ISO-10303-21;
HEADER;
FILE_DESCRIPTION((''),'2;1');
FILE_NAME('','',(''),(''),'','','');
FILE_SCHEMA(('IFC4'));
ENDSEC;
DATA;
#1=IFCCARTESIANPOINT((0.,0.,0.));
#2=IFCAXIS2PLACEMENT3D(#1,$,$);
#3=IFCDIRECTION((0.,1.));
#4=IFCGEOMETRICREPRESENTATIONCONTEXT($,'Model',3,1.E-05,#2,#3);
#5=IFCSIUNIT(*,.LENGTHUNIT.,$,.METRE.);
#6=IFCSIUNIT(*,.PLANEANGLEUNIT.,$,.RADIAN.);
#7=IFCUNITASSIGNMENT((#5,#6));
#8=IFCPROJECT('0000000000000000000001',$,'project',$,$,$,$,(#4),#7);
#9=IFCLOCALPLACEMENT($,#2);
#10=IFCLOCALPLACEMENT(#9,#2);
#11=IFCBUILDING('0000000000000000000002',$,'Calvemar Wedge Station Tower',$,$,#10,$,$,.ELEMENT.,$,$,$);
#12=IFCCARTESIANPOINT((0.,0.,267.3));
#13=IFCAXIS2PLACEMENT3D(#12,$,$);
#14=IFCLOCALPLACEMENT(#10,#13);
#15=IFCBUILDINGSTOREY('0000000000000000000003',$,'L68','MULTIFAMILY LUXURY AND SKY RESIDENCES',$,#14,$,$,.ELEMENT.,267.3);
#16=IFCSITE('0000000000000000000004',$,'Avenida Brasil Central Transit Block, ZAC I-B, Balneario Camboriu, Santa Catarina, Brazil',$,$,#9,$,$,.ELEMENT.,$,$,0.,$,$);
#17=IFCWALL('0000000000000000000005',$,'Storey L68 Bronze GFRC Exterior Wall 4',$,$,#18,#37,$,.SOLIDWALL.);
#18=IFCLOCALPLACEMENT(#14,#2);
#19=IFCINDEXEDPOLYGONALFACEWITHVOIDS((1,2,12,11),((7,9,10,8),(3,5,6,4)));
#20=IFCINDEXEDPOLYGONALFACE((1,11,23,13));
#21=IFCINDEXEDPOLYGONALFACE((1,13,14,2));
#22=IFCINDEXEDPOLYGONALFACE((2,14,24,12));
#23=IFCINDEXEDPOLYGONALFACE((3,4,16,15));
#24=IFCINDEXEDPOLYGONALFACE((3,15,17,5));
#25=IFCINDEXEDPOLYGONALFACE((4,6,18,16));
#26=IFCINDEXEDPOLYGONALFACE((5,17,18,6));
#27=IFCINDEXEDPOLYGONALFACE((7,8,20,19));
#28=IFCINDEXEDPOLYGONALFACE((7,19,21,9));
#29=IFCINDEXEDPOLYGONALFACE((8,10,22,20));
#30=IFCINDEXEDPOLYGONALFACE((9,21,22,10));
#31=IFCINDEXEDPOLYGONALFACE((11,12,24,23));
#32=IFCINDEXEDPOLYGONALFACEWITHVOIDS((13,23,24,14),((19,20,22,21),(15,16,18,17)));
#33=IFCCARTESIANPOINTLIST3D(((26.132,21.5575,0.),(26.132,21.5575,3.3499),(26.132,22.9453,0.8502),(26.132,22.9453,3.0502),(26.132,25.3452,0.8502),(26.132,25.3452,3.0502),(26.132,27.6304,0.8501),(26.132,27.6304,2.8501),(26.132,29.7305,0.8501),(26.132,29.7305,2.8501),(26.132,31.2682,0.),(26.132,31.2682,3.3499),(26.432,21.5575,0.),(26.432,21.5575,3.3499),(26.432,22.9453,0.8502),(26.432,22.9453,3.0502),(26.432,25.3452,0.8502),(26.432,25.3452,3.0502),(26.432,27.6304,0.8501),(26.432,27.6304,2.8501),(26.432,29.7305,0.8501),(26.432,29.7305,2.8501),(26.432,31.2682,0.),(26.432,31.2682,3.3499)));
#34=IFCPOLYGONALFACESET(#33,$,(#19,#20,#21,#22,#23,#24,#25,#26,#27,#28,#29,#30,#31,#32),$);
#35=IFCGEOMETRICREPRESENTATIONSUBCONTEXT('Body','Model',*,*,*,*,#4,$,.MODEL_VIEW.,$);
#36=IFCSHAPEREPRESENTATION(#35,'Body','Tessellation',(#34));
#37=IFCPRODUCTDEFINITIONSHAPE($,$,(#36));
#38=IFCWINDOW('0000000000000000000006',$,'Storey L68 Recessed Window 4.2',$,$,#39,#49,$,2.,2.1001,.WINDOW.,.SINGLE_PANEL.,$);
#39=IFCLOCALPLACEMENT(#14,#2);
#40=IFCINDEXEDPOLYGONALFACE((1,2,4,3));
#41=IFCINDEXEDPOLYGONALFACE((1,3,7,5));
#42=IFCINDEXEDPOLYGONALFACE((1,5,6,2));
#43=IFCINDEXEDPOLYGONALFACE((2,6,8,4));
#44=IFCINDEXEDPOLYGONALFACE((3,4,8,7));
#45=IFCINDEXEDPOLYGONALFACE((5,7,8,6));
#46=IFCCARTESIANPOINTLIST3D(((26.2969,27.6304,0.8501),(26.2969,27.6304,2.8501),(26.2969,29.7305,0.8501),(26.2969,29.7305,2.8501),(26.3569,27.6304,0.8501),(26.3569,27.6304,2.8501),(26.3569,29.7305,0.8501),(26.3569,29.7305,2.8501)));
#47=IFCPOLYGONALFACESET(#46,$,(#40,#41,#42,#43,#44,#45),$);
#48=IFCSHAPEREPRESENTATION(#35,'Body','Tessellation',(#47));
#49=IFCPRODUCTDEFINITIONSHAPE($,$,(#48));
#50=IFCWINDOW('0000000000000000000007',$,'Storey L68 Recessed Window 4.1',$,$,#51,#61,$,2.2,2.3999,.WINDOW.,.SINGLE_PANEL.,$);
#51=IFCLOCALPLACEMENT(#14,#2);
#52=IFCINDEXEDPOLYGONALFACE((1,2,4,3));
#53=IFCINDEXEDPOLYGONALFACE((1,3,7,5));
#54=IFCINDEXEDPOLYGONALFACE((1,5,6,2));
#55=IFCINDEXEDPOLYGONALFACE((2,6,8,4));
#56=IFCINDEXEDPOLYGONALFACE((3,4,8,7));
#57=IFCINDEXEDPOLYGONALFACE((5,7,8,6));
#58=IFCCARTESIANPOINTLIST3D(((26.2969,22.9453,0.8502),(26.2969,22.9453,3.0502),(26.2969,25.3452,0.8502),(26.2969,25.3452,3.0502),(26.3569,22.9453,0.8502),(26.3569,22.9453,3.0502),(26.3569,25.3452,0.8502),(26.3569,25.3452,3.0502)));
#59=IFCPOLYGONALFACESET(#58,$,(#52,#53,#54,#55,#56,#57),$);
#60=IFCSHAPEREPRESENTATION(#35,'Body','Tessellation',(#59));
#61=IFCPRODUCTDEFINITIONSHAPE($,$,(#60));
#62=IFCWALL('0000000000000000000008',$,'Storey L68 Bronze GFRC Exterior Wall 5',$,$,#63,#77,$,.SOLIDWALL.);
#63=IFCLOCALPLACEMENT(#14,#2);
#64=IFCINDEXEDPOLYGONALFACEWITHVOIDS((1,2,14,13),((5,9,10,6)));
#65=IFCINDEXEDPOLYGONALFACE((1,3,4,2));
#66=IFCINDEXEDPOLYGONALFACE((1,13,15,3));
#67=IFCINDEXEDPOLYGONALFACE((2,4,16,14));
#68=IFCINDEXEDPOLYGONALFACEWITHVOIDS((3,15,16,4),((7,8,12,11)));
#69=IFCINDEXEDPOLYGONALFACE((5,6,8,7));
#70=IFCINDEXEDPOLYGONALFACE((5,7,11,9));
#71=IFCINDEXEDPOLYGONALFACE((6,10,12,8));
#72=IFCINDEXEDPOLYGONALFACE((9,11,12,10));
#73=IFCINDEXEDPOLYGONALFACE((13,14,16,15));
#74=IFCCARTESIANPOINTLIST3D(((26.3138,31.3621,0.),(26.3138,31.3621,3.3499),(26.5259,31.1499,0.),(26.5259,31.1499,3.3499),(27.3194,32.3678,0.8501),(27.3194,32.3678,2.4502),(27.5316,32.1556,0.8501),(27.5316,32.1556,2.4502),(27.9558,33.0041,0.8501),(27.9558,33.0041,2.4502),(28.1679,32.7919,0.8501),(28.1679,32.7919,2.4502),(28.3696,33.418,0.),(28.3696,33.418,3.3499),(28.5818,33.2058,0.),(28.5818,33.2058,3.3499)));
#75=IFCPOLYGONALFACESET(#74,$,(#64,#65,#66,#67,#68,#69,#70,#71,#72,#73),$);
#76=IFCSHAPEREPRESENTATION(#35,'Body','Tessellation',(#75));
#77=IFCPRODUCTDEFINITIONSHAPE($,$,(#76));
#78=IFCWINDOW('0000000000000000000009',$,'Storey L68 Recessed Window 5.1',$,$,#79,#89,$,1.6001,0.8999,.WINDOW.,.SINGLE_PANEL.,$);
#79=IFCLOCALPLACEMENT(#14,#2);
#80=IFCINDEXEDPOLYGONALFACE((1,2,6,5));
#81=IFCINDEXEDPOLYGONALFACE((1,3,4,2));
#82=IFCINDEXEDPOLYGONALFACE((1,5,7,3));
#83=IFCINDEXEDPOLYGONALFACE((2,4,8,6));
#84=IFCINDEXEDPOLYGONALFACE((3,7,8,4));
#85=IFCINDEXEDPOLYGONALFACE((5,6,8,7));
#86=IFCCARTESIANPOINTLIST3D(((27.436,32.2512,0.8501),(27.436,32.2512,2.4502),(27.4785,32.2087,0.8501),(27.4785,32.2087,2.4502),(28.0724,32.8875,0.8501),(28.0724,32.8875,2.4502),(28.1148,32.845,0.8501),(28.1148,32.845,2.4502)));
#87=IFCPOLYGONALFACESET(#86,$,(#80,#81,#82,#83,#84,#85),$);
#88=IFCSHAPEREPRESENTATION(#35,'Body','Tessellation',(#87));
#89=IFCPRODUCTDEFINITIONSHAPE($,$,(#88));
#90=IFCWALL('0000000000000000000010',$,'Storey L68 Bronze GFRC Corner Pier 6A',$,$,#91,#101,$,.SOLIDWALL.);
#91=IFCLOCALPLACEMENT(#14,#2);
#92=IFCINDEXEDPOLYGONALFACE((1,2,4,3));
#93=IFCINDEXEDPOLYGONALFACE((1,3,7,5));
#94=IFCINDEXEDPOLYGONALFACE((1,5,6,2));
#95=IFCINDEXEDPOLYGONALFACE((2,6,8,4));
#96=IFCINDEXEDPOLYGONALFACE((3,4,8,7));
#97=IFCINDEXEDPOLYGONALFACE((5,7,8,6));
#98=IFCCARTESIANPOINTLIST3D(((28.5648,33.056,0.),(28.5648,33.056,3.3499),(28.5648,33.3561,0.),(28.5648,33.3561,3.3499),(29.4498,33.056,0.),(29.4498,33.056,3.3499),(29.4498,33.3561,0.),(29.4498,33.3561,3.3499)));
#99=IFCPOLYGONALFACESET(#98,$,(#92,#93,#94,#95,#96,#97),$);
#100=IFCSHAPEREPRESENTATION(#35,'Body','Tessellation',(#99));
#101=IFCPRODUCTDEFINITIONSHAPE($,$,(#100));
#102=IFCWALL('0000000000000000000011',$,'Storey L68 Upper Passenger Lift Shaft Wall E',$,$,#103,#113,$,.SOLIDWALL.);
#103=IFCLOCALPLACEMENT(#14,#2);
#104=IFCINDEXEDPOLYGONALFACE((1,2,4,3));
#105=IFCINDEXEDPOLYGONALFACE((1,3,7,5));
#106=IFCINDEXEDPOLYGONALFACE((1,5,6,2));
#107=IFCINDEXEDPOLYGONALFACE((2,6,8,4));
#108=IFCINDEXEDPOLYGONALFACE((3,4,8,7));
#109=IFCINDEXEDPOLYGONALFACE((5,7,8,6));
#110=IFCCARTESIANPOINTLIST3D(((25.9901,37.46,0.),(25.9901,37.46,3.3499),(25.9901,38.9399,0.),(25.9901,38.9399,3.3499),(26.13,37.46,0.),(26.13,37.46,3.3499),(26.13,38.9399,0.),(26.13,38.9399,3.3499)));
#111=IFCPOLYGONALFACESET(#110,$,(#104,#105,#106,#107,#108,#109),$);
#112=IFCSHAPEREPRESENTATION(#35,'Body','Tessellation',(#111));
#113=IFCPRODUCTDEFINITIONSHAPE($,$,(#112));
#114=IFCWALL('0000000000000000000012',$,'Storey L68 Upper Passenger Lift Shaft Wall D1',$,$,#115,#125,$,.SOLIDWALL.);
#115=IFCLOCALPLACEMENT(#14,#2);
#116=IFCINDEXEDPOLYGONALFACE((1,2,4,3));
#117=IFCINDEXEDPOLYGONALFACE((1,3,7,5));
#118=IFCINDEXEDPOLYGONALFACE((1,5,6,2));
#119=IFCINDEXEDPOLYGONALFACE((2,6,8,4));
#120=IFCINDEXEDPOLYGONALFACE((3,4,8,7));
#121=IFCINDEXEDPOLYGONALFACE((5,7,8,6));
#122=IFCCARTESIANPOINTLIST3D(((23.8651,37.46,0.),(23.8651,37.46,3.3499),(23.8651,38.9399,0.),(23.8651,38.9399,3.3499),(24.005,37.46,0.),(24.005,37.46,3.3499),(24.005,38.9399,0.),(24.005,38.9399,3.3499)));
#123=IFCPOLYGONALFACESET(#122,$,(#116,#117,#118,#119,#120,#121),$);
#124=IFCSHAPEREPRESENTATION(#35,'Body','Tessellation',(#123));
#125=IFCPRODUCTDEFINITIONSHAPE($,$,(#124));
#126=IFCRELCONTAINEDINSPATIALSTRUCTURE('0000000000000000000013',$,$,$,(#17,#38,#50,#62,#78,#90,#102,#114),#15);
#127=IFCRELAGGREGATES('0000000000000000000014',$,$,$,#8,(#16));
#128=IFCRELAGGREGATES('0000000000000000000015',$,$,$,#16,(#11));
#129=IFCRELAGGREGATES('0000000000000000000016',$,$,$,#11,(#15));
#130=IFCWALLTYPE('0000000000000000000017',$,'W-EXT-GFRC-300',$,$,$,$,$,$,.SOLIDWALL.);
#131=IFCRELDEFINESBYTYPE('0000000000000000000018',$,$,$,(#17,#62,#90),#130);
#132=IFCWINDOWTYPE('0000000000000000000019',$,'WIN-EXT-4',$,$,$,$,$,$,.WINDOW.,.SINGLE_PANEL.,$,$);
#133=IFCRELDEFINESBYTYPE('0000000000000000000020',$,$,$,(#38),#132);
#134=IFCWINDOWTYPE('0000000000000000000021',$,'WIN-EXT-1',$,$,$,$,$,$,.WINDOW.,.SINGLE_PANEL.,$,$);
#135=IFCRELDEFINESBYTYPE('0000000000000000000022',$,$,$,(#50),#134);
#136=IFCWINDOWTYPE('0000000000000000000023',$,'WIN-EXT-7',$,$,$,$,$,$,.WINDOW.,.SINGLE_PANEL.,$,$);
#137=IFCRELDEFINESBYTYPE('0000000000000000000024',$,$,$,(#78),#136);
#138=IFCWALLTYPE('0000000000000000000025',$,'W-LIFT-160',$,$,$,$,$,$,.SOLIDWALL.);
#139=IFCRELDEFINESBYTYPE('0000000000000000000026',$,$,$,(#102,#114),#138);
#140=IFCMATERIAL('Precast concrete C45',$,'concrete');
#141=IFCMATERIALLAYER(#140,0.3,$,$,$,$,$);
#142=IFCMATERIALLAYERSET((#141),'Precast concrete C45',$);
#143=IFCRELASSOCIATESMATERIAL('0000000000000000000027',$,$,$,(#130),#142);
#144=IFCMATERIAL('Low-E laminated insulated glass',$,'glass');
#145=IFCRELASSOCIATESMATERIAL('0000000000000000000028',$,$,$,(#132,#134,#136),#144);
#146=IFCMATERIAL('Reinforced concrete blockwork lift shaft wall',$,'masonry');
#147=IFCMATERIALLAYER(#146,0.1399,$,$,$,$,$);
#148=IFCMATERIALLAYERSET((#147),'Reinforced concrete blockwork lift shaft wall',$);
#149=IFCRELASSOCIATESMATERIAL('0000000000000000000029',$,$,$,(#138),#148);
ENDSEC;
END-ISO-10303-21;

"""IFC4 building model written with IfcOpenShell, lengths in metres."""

from ifc_helpers import new_model, si_unit, direction, frame, frame_2d, origin, place, context, subcontext, project, spatial, rectangle, extrude, source, transform, mapped, material, layer, layer_set, type_object, element, fill, save


model = new_model("IFC4")

# Units and contexts
model_context = context("Model", 3, precision=1e-05, world=origin(), true_north=direction((0.0, 1.0)))
body_context = subcontext(model_context, "Body", "Model", "MODEL_VIEW")
ifc_project = project(units=[si_unit("LENGTHUNIT", "METRE"), si_unit("PLANEANGLEUNIT", "RADIAN")], contexts=[model_context])

# Site, building, storey
site_placement = place(None, origin())
site = spatial("IfcSite", under=ifc_project, at=site_placement, Name="Avenida Brasil Central Transit Block, ZAC I-B, Balneario Camboriu, Santa Catarina, Brazil", CompositionType="ELEMENT", RefElevation=0.0)
building_placement = place(site_placement, origin())
building = spatial("IfcBuilding", under=site, at=building_placement, Name="Calvemar Wedge Station Tower", CompositionType="ELEMENT")
storey_placement = place(building_placement, frame((0.0, 0.0, 267.3)))
storey = spatial("IfcBuildingStorey", under=building, at=storey_placement, Name="L68", Description="MULTIFAMILY LUXURY AND SKY RESIDENCES", CompositionType="ELEMENT", Elevation=267.3)

# Shared definitions
ifc_material_1 = material(Name="Low-E laminated insulated glass", Category="glass")

# Shared definitions
ifc_material_2 = material(Name="Precast concrete C45", Category="concrete")

# Wall, openings, windows
ifc_layer_1 = layer(ifc_material_2, 0.3)
ifc_layer_set_1 = layer_set([ifc_layer_1], Name="Precast concrete C45")
wall_type_1 = type_object("IfcWallType", Name="W-EXT-GFRC-300", PredefinedType="SOLIDWALL", material=ifc_layer_set_1)
wall_1_placement = place(storey_placement, frame((26.282, 21.5574, 0.0), z_axis=(0.0, 0.0, 1.0), x_axis=(0.0, 1.0, 0.0)))
wall_1 = element("IfcWall", 1, at=wall_1_placement, inside=storey, type_object=wall_type_1, Name="Storey L68 Bronze GFRC Exterior Wall 4", PredefinedType="SOLIDWALL", context=body_context, shape_type="SweptSolid", body=[
    extrude(rectangle(XDim=9.7107, YDim=0.3, at=frame_2d((4.8555, 0.0))), origin(), (0.0, 0.0, 1.0), 3.3499),
])
shared_shape_1 = source(origin(), body_context, "Body", "SweptSolid", [
    extrude(rectangle(XDim=2.3999, YDim=2.2, at=frame_2d((1.2, 1.1001))), frame((0.0, 0.1602, 0.0), z_axis=(0.0, -1.0, 0.0), x_axis=(1.0, 0.0, 0.0)), (0.0, 0.0, 1.0), 0.3201),
])
opening_1_placement = place(wall_1_placement, frame((1.3879, 0.0, 0.8501)))
opening_1 = element("IfcOpeningElement", 2, at=opening_1_placement, cuts=wall_1, PredefinedType="OPENING", context=body_context, shape_type="MappedRepresentation", body=[
    mapped(shared_shape_1, transform((0.0, 0.0, 0.0), scale=1.0)),
])
shared_shape_2 = source(origin(), body_context, "Body", "SweptSolid", [
    extrude(rectangle(XDim=2.1001, YDim=2.0, at=frame_2d((1.05, 1.0))), frame((0.0, 0.1602, 0.0), z_axis=(0.0, -1.0, 0.0), x_axis=(1.0, 0.0, 0.0)), (0.0, 0.0, 1.0), 0.3201),
])
opening_2_placement = place(wall_1_placement, frame((6.073, 0.0, 0.8501)))
opening_2 = element("IfcOpeningElement", 3, at=opening_2_placement, cuts=wall_1, PredefinedType="OPENING", context=body_context, shape_type="MappedRepresentation", body=[
    mapped(shared_shape_2, transform((0.0, 0.0, 0.0), scale=1.0)),
])
window_type_1 = type_object("IfcWindowType", Name="WIN-EXT-4", PartitioningType="SINGLE_PANEL", PredefinedType="WINDOW", material=ifc_material_1)
shared_shape_3 = source(origin(), body_context, "Body", "SweptSolid", [
    extrude(rectangle(XDim=2.1001, YDim=2.0, at=frame_2d((1.05, 1.0))), frame((0.0, -0.0149, 0.0), z_axis=(0.0, -1.0, 0.0), x_axis=(1.0, 0.0, 0.0)), (0.0, 0.0, 1.0), 0.0601),
])
window_1_placement = place(opening_2_placement, origin())
window_1 = element("IfcWindow", 4, at=window_1_placement, inside=storey, type_object=window_type_1, Name="Storey L68 Recessed Window 4.2", OverallHeight=2.0, OverallWidth=2.1001, PartitioningType="SINGLE_PANEL", PredefinedType="WINDOW", context=body_context, shape_type="MappedRepresentation", body=[
    mapped(shared_shape_3, transform((0.0, 0.0, 0.0), scale=1.0)),
])
fill(opening_2, window_1)
window_type_2 = type_object("IfcWindowType", Name="WIN-EXT-1", PartitioningType="SINGLE_PANEL", PredefinedType="WINDOW", material=ifc_material_1)
shared_shape_4 = source(origin(), body_context, "Body", "SweptSolid", [
    extrude(rectangle(XDim=2.3999, YDim=2.2, at=frame_2d((1.2, 1.1001))), frame((0.0, -0.0149, 0.0), z_axis=(0.0, -1.0, 0.0), x_axis=(1.0, 0.0, 0.0)), (0.0, 0.0, 1.0), 0.0601),
])
window_2_placement = place(opening_1_placement, origin())
window_2 = element("IfcWindow", 5, at=window_2_placement, inside=storey, type_object=window_type_2, Name="Storey L68 Recessed Window 4.1", OverallHeight=2.2, OverallWidth=2.3999, PartitioningType="SINGLE_PANEL", PredefinedType="WINDOW", context=body_context, shape_type="MappedRepresentation", body=[
    mapped(shared_shape_4, transform((0.0, 0.0, 0.0), scale=1.0)),
])
fill(opening_1, window_2)

# Wall, opening, window
wall_2_placement = place(storey_placement, frame((26.4199, 31.2561, 0.0), z_axis=(0.0, 0.0, 1.0), x_axis=(0.707107, 0.707107, 0.0)))
wall_2 = element("IfcWall", 6, at=wall_2_placement, inside=storey, type_object=wall_type_1, Name="Storey L68 Bronze GFRC Exterior Wall 5", PredefinedType="SOLIDWALL", context=body_context, shape_type="SweptSolid", body=[
    extrude(rectangle(XDim=2.9075, YDim=0.3, at=frame_2d((1.4536, 0.0))), origin(), (0.0, 0.0, 1.0), 3.3499),
])
shared_shape_5 = source(origin(), body_context, "Body", "SweptSolid", [
    extrude(rectangle(XDim=0.8999, YDim=1.6001, at=frame_2d((0.45, 0.8))), frame((0.0, 0.1602, 0.0), z_axis=(0.0, -1.0, 0.0), x_axis=(1.0, 0.0, 0.0)), (0.0, 0.0, 1.0), 0.3201),
])
opening_3_placement = place(wall_2_placement, frame((1.4221, 0.0, 0.8501)))
opening_3 = element("IfcOpeningElement", 7, at=opening_3_placement, cuts=wall_2, PredefinedType="OPENING", context=body_context, shape_type="MappedRepresentation", body=[
    mapped(shared_shape_5, transform((0.0, 0.0, 0.0), scale=1.0)),
])
window_type_3 = type_object("IfcWindowType", Name="WIN-EXT-7", PartitioningType="SINGLE_PANEL", PredefinedType="WINDOW", material=ifc_material_1)
shared_shape_6 = source(origin(), body_context, "Body", "SweptSolid", [
    extrude(rectangle(XDim=0.8999, YDim=1.6001, at=frame_2d((0.45, 0.8))), frame((0.0, -0.0149, 0.0), z_axis=(0.0, -1.0, 0.0), x_axis=(1.0, 0.0, 0.0)), (0.0, 0.0, 1.0), 0.0601),
])
window_3_placement = place(opening_3_placement, origin())
window_3 = element("IfcWindow", 8, at=window_3_placement, inside=storey, type_object=window_type_3, Name="Storey L68 Recessed Window 5.1", OverallHeight=1.6001, OverallWidth=0.8999, PartitioningType="SINGLE_PANEL", PredefinedType="WINDOW", context=body_context, shape_type="MappedRepresentation", body=[
    mapped(shared_shape_6, transform((0.0, 0.0, 0.0), scale=1.0)),
])
fill(opening_3, window_3)

# Walls
wall_3_placement = place(storey_placement, frame((28.5649, 33.2061, 0.0), z_axis=(0.0, 0.0, 1.0), x_axis=(1.0, 0.0, 0.0)))
element("IfcWall", 9, at=wall_3_placement, inside=storey, type_object=wall_type_1, Name="Storey L68 Bronze GFRC Corner Pier 6A", PredefinedType="SOLIDWALL", context=body_context, shape_type="SweptSolid", body=[
    extrude(rectangle(XDim=0.885, YDim=0.3, at=frame_2d((0.4424, 0.0))), origin(), (0.0, 0.0, 1.0), 3.3499),
])
ifc_material_3 = material(Name="Reinforced concrete blockwork lift shaft wall", Category="masonry")
ifc_layer_2 = layer(ifc_material_3, 0.1399)
ifc_layer_set_2 = layer_set([ifc_layer_2], Name="Reinforced concrete blockwork lift shaft wall")
wall_type_2 = type_object("IfcWallType", Name="W-LIFT-160", PredefinedType="SOLIDWALL", material=ifc_layer_set_2)
for number, where, z_axis, x_axis, name in (
    (10, (26.0601, 37.46, 0.0), (0.0, 0.0, 1.0), (0.0, 1.0, 0.0), "Storey L68 Upper Passenger Lift Shaft Wall E"),
    (11, (23.9351, 37.46, 0.0), (0.0, 0.0, 1.0), (0.0, 1.0, 0.0), "Storey L68 Upper Passenger Lift Shaft Wall D1"),
):
    element("IfcWall", number, at=place(storey_placement, frame(where, z_axis=z_axis, x_axis=x_axis)), inside=storey, type_object=wall_type_2, Name=name, PredefinedType="SOLIDWALL", context=body_context, shape_type="SweptSolid", body=[
        extrude(rectangle(XDim=1.48, YDim=0.1399, at=frame_2d((0.74, 0.0))), origin(), (0.0, 0.0, 1.0), 3.3499),
    ])

save(model, "model.ifc")
